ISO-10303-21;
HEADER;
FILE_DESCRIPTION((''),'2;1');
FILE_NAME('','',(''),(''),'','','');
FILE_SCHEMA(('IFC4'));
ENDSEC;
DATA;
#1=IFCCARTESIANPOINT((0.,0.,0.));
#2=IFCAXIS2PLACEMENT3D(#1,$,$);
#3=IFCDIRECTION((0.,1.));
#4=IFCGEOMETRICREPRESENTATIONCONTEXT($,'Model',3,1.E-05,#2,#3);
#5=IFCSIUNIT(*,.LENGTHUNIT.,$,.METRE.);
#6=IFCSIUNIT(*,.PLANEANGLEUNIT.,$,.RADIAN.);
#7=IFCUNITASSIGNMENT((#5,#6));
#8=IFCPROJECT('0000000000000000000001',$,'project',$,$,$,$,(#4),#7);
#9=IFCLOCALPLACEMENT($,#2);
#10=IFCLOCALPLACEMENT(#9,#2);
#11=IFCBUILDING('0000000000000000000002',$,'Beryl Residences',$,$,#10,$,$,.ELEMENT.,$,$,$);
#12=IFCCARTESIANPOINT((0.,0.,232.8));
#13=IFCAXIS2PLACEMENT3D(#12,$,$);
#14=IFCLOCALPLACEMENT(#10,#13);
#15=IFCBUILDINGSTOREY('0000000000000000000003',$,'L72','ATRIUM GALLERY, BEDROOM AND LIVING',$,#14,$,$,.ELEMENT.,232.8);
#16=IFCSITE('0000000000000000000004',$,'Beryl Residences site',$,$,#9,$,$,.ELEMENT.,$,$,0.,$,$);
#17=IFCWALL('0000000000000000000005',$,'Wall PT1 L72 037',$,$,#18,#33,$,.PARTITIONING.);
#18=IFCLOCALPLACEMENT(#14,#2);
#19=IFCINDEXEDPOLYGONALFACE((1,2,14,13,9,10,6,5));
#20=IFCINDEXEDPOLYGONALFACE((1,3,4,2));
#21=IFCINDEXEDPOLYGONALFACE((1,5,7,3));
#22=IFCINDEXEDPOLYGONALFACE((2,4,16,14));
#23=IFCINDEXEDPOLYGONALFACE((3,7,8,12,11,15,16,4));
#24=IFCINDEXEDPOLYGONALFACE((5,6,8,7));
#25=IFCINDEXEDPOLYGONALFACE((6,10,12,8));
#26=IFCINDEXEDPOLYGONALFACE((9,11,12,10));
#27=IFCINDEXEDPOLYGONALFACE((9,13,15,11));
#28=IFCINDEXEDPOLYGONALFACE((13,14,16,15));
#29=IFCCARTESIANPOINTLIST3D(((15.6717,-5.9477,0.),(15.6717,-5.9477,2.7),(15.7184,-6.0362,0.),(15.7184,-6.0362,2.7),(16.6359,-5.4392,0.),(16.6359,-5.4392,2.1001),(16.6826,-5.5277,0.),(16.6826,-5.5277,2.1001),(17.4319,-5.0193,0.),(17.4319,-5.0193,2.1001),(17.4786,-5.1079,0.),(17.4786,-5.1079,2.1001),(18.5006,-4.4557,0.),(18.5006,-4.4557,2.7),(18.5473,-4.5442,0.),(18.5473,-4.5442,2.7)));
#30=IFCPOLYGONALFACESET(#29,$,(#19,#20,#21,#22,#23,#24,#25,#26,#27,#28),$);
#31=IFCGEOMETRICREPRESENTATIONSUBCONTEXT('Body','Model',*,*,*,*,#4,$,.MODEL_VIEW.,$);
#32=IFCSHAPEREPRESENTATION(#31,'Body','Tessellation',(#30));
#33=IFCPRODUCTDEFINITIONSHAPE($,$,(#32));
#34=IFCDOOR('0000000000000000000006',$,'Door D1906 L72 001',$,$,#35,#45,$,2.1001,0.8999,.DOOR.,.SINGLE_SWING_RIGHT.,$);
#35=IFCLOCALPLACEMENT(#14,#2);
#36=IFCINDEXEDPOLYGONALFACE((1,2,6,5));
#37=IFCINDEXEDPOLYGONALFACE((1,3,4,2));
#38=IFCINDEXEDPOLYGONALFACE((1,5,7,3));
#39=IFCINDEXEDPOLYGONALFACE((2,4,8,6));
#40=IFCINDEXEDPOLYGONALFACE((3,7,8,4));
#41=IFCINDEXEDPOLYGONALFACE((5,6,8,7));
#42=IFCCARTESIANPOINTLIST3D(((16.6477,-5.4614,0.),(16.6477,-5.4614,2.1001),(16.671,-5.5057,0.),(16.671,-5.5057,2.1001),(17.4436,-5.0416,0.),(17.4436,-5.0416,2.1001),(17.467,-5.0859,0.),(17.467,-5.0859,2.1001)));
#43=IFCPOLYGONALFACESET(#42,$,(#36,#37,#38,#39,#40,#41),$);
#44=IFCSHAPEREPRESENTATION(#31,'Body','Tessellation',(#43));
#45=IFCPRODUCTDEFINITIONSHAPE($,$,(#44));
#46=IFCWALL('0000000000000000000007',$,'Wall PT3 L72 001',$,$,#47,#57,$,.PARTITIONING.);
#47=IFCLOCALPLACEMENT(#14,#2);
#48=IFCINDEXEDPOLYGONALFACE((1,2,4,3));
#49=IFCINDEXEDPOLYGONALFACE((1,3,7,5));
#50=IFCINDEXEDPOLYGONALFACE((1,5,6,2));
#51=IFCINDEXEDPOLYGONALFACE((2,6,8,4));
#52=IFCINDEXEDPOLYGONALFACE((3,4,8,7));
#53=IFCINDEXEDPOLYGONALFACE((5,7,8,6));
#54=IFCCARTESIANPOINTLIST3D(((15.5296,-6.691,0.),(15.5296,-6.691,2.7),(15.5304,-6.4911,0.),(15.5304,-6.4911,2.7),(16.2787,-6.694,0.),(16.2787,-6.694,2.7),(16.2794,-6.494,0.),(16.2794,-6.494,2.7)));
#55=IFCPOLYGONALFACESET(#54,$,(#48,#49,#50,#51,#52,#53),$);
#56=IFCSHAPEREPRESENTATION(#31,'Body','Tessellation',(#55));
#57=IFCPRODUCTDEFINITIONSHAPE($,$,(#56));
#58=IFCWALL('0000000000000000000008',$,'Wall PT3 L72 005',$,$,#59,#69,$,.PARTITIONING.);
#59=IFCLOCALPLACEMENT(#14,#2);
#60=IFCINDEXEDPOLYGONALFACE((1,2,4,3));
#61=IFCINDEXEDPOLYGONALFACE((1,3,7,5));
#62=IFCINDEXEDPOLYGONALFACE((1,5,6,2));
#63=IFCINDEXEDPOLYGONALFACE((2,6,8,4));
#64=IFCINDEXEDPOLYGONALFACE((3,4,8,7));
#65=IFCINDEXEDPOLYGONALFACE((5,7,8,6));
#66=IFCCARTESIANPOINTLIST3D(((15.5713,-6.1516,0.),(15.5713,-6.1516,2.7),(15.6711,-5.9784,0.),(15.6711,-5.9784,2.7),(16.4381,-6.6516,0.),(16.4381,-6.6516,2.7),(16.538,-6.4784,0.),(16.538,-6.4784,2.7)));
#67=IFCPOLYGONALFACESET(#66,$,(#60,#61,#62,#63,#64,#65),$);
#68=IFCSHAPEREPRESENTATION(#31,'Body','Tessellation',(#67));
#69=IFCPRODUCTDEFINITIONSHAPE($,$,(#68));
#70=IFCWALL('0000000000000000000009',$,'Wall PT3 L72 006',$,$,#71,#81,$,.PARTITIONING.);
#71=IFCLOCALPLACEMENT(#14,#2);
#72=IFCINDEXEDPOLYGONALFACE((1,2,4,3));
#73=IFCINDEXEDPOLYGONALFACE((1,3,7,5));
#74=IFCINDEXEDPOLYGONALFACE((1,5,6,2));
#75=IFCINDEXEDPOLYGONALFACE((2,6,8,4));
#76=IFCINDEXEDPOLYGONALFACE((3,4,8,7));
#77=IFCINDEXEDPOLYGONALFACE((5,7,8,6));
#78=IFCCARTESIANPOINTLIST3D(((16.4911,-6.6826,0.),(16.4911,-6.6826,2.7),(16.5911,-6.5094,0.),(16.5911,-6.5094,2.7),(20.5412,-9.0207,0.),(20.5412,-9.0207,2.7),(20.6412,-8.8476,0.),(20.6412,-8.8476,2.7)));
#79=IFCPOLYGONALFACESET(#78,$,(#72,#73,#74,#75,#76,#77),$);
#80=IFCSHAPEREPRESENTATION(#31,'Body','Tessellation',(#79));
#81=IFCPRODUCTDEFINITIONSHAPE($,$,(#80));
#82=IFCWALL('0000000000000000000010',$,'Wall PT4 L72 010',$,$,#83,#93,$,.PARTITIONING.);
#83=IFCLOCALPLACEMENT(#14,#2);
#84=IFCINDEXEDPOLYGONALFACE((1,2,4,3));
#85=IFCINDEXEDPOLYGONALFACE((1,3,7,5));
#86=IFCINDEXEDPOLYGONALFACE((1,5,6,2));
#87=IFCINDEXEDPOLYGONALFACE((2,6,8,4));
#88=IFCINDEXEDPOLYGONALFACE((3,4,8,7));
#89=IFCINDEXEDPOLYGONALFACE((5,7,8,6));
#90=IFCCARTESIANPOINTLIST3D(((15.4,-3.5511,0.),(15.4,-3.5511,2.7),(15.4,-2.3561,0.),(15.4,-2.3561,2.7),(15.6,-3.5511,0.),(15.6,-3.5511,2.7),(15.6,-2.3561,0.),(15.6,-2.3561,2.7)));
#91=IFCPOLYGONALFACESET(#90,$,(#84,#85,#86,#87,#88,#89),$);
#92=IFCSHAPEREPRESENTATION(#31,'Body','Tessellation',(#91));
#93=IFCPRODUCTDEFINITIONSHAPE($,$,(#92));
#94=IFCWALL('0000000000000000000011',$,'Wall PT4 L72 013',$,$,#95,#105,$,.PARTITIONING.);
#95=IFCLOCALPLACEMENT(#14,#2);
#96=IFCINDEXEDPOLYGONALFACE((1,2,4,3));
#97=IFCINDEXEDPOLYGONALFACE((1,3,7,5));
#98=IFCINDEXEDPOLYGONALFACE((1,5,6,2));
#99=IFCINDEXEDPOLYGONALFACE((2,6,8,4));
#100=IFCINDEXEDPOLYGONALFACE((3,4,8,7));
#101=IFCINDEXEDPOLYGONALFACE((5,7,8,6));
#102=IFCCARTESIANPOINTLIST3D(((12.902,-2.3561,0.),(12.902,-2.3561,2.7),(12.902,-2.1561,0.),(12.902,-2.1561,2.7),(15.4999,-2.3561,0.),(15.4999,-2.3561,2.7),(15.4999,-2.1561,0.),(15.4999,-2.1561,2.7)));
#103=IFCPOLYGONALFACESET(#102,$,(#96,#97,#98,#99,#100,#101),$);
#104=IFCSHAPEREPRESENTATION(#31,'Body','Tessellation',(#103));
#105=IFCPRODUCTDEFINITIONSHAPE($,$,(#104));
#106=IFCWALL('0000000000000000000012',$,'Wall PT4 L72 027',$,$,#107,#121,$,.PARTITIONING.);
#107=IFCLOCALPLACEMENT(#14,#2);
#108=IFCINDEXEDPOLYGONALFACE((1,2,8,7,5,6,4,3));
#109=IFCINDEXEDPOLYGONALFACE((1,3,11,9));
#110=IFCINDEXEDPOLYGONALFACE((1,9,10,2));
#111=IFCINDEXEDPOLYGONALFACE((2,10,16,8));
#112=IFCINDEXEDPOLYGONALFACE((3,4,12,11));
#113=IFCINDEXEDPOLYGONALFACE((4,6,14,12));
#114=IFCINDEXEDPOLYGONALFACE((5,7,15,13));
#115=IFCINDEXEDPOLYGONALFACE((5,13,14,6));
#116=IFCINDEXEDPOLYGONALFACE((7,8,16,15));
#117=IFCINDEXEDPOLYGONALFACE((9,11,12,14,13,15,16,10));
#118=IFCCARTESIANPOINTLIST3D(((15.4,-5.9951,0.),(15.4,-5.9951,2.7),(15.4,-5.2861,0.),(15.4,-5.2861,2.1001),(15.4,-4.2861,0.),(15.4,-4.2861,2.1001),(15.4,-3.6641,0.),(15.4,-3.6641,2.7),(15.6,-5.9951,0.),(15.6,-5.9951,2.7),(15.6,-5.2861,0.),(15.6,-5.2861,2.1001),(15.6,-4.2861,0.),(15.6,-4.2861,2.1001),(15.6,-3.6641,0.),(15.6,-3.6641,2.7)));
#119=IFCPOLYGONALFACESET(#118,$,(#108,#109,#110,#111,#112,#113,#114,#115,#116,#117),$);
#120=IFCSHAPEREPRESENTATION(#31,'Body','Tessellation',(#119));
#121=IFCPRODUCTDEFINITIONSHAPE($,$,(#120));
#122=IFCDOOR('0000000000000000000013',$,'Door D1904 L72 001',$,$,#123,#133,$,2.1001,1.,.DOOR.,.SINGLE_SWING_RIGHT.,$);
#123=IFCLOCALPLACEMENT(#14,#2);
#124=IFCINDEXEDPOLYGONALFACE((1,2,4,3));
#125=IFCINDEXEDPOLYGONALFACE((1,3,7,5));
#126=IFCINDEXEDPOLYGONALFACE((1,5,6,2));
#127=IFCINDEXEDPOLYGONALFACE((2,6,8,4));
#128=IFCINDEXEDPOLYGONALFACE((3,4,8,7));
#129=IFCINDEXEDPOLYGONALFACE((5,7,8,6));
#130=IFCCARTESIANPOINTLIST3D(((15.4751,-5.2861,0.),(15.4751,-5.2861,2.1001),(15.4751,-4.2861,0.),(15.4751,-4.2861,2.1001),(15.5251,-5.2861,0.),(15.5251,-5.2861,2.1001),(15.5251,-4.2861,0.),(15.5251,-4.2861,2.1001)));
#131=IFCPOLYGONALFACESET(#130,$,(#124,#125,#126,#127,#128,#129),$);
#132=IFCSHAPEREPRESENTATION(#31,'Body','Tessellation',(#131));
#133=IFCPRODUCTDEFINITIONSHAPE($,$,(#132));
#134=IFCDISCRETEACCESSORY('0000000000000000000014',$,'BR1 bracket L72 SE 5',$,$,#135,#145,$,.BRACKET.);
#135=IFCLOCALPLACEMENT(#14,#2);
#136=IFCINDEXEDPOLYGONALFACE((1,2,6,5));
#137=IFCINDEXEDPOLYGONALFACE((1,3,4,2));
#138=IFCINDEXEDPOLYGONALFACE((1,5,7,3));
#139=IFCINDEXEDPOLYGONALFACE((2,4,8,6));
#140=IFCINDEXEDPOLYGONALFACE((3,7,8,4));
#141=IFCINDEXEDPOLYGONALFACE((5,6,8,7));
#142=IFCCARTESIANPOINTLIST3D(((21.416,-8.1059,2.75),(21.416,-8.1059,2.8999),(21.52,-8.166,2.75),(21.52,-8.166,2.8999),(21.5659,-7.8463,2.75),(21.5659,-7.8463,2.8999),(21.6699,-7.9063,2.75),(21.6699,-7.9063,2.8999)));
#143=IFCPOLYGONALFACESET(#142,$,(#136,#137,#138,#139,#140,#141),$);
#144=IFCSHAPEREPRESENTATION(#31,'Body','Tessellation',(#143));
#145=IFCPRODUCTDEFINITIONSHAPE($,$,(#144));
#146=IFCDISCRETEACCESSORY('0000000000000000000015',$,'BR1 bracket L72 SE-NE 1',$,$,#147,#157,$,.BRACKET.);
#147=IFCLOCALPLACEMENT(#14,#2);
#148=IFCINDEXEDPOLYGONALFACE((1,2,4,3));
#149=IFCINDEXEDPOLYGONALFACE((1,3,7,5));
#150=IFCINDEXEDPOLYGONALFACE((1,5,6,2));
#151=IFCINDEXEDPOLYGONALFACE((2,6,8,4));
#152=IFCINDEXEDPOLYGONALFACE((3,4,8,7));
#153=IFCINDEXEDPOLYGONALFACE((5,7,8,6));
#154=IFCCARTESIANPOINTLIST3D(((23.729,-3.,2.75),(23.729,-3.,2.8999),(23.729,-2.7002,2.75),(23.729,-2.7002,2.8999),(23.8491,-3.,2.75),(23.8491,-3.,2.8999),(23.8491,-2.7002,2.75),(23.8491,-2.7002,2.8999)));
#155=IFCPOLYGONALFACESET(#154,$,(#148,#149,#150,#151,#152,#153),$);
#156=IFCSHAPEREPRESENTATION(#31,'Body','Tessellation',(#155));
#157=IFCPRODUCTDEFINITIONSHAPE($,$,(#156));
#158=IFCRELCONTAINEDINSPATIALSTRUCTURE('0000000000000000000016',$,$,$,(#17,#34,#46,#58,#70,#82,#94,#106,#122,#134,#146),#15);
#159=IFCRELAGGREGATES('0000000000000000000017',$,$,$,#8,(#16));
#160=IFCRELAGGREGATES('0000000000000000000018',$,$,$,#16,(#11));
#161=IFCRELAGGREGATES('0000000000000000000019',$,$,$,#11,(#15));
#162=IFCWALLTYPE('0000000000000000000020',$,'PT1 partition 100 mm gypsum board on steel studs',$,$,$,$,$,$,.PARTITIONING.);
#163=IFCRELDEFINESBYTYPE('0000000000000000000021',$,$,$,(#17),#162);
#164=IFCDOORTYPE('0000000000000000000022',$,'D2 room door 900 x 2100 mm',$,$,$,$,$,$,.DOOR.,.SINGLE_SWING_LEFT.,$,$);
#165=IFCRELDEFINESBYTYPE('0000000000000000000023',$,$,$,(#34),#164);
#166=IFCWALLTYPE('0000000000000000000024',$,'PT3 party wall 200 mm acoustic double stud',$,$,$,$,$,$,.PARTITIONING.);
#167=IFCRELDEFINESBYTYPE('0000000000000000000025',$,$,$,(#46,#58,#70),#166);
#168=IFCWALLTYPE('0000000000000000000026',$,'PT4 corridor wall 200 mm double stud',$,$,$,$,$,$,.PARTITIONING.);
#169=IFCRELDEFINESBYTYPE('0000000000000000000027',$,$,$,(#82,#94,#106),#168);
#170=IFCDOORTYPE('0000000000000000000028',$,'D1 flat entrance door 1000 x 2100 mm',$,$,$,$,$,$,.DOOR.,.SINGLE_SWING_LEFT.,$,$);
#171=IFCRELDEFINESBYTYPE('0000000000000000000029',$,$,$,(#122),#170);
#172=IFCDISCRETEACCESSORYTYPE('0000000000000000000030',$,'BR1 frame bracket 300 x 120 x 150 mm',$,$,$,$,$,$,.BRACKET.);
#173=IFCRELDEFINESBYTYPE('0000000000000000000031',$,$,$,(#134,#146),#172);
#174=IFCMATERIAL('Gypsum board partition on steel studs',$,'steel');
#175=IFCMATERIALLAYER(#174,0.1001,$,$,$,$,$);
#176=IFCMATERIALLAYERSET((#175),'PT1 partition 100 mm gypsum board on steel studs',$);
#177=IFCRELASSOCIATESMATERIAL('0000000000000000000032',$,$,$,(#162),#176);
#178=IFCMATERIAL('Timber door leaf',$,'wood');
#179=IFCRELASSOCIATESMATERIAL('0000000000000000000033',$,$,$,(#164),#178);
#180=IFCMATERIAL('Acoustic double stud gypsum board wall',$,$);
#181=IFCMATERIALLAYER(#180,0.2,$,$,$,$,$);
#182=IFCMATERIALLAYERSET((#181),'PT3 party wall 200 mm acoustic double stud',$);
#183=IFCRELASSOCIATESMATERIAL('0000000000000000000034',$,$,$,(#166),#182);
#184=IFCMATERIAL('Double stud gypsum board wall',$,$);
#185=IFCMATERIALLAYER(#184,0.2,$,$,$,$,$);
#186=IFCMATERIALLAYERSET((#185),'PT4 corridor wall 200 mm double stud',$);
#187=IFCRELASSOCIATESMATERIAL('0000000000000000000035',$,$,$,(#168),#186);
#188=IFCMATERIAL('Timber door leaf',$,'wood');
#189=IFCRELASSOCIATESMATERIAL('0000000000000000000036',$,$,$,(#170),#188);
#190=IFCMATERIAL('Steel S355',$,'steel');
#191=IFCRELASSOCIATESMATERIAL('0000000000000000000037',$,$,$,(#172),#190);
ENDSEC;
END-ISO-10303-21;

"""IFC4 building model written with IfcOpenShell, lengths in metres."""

from ifc_helpers import new_model, si_unit, direction, frame, frame_2d, origin, place, context, subcontext, project, spatial, polyline, rectangle, outline, extrude, source, transform, mapped, material, layer, layer_set, type_object, type_shapes, element, fill, save


model = new_model("IFC4")

# Units and contexts
model_context = context("Model", 3, precision=1e-05, world=origin(), true_north=direction((0.0, 1.0)))
body_context = subcontext(model_context, "Body", "Model", "MODEL_VIEW")
ifc_project = project(units=[si_unit("LENGTHUNIT", "METRE"), si_unit("PLANEANGLEUNIT", "RADIAN")], contexts=[model_context])

# Site, building, storey
site_placement = place(None, origin())
site = spatial("IfcSite", under=ifc_project, at=site_placement, Name="Beryl Residences site", CompositionType="ELEMENT", RefElevation=0.0)
building_placement = place(site_placement, origin())
building = spatial("IfcBuilding", under=site, at=building_placement, Name="Beryl Residences", CompositionType="ELEMENT")
storey_placement = place(building_placement, frame((0.0, 0.0, 232.8)))
storey = spatial("IfcBuildingStorey", under=building, at=storey_placement, Name="L72", Description="ATRIUM GALLERY, BEDROOM AND LIVING", CompositionType="ELEMENT", Elevation=232.8)

# Shared definitions
ifc_material_1 = material(Name="Gypsum board partition on steel studs", Category="steel")
ifc_layer_1 = layer(ifc_material_1, 0.1001)
ifc_layer_set_1 = layer_set([ifc_layer_1], Name="PT1 partition 100 mm gypsum board on steel studs")
wall_type_1 = type_object("IfcWallType", Name="PT1 partition 100 mm gypsum board on steel studs", PredefinedType="PARTITIONING", material=ifc_layer_set_1)

# Wall, opening, door
wall_1_placement = place(storey_placement, frame((15.6951, -5.9919, 0.0), z_axis=(0.0, 0.0, 1.0), x_axis=(0.884522, 0.466498, 0.0)))
wall_1 = element("IfcWall", 1, at=wall_1_placement, inside=storey, type_object=wall_type_1, Name="Wall PT1 L72 037", PredefinedType="PARTITIONING", context=body_context, shape_type="SweptSolid", body=[
    extrude(rectangle(XDim=3.1982, YDim=0.1001, at=frame_2d((1.5991, 0.0))), origin(), (0.0, 0.0, 1.0), 2.7),
])
opening_1_placement = place(wall_1_placement, frame((1.0901, 0.0, 0.0)))
opening_1 = element("IfcOpeningElement", 2, at=opening_1_placement, cuts=wall_1, PredefinedType="OPENING", context=body_context, shape_type="SweptSolid", body=[
    extrude(rectangle(XDim=0.8999, YDim=2.1001, at=frame_2d((0.45, 1.05))), frame((0.0, 0.0601, 0.0), z_axis=(0.0, -1.0, 0.0), x_axis=(1.0, 0.0, 0.0)), (0.0, 0.0, 1.0), 0.1201),
])
ifc_material_2 = material(Name="Timber door leaf", Category="wood")
door_type_1 = type_object("IfcDoorType", Name="D2 room door 900 x 2100 mm", OperationType="SINGLE_SWING_LEFT", PredefinedType="DOOR", material=ifc_material_2)
door_1_placement = place(opening_1_placement, origin())
door_1 = element("IfcDoor", 3, at=door_1_placement, inside=storey, type_object=door_type_1, Name="Door D1906 L72 001", OperationType="SINGLE_SWING_RIGHT", OverallHeight=2.1001, OverallWidth=0.8999, PredefinedType="DOOR", context=body_context, shape_type="SweptSolid", body=[
    extrude(rectangle(XDim=0.8999, YDim=2.1001, at=frame_2d((0.45, 1.05))), frame((0.0, 0.0249, 0.0), z_axis=(0.0, -1.0, 0.0), x_axis=(1.0, 0.0, 0.0)), (0.0, 0.0, 1.0), 0.05),
])
fill(opening_1, door_1)

# Walls
ifc_material_3 = material(Name="Acoustic double stud gypsum board wall")
ifc_layer_2 = layer(ifc_material_3, 0.2)
ifc_layer_set_2 = layer_set([ifc_layer_2], Name="PT3 party wall 200 mm acoustic double stud")
wall_type_2 = type_object("IfcWallType", Name="PT3 party wall 200 mm acoustic double stud", PredefinedType="PARTITIONING", material=ifc_layer_set_2)
wall_2_placement = place(storey_placement, frame((15.53, -6.5911, 0.0), z_axis=(0.0, 0.0, 1.0), x_axis=(0.999992, -0.003911, 0.0)))
element("IfcWall", 4, at=wall_2_placement, inside=storey, type_object=wall_type_2, Name="Wall PT3 L72 001", PredefinedType="PARTITIONING", context=body_context, shape_type="SweptSolid", body=[
    extrude(rectangle(XDim=0.749, YDim=0.2, at=frame_2d((0.3745, 0.0))), origin(), (0.0, 0.0, 1.0), 2.7),
])
wall_3_placement = place(storey_placement, frame((15.6211, -6.0649, 0.0), z_axis=(0.0, 0.0, 1.0), x_axis=(0.866255, -0.499603, 0.0)))
element("IfcWall", 5, at=wall_3_placement, inside=storey, type_object=wall_type_2, Name="Wall PT3 L72 005", PredefinedType="PARTITIONING", context=body_context, shape_type="SweptSolid", body=[
    extrude(rectangle(XDim=1.0007, YDim=0.2, at=frame_2d((0.5005, 0.0))), origin(), (0.0, 0.0, 1.0), 2.7),
])
wall_4_placement = place(storey_placement, frame((16.541, -6.5959, 0.0), z_axis=(0.0, 0.0, 1.0), x_axis=(0.86604, -0.499974, 0.0)))
element("IfcWall", 6, at=wall_4_placement, inside=storey, type_object=wall_type_2, Name="Wall PT3 L72 006", PredefinedType="PARTITIONING", context=body_context, shape_type="SweptSolid", body=[
    extrude(rectangle(XDim=4.6765, YDim=0.2, at=frame_2d((2.3384, 0.0))), origin(), (0.0, 0.0, 1.0), 2.7),
])
ifc_material_4 = material(Name="Double stud gypsum board wall")
ifc_layer_3 = layer(ifc_material_4, 0.2)
ifc_layer_set_3 = layer_set([ifc_layer_3], Name="PT4 corridor wall 200 mm double stud")
wall_type_3 = type_object("IfcWallType", Name="PT4 corridor wall 200 mm double stud", PredefinedType="PARTITIONING", material=ifc_layer_set_3)
wall_5_placement = place(storey_placement, frame((15.5, -2.356, 0.0), z_axis=(0.0, 0.0, 1.0), x_axis=(0.0, -1.0, 0.0)))
element("IfcWall", 7, at=wall_5_placement, inside=storey, type_object=wall_type_3, Name="Wall PT4 L72 010", PredefinedType="PARTITIONING", context=body_context, shape_type="SweptSolid", body=[
    extrude(rectangle(XDim=1.1951, YDim=0.2, at=frame_2d((0.5977, 0.0))), origin(), (0.0, 0.0, 1.0), 2.7),
])
wall_6_placement = place(storey_placement, frame((12.9021, -2.2561, 0.0), z_axis=(0.0, 0.0, 1.0), x_axis=(1.0, 0.0, 0.0)))
element("IfcWall", 8, at=wall_6_placement, inside=storey, type_object=wall_type_3, Name="Wall PT4 L72 013", PredefinedType="PARTITIONING", context=body_context, shape_type="SweptSolid", body=[
    extrude(rectangle(XDim=2.5979, YDim=0.2, at=frame_2d((1.2988, 0.0))), origin(), (0.0, 0.0, 1.0), 2.7),
])

# Wall, opening, door
wall_7_placement = place(storey_placement, frame((15.5, -5.9951, 0.0), z_axis=(0.0, 0.0, 1.0), x_axis=(0.0, 1.0, 0.0)))
wall_7 = element("IfcWall", 9, at=wall_7_placement, inside=storey, type_object=wall_type_3, Name="Wall PT4 L72 027", PredefinedType="PARTITIONING", context=body_context, shape_type="SweptSolid", body=[
    extrude(rectangle(XDim=2.3311, YDim=0.2, at=frame_2d((1.1655, 0.0))), origin(), (0.0, 0.0, 1.0), 2.7),
])
opening_2_placement = place(wall_7_placement, frame((0.709, 0.0, 0.0)))
opening_2 = element("IfcOpeningElement", 10, at=opening_2_placement, cuts=wall_7, PredefinedType="OPENING", context=body_context, shape_type="SweptSolid", body=[
    extrude(rectangle(XDim=1.0, YDim=2.1001, at=frame_2d((0.5, 1.05))), frame((0.0, 0.1099, 0.0), z_axis=(0.0, -1.0, 0.0), x_axis=(1.0, 0.0, 0.0)), (0.0, 0.0, 1.0), 0.22),
])
ifc_material_5 = material(Name="Timber door leaf", Category="wood")
door_type_2 = type_object("IfcDoorType", Name="D1 flat entrance door 1000 x 2100 mm", OperationType="SINGLE_SWING_LEFT", PredefinedType="DOOR", material=ifc_material_5)
door_2_placement = place(opening_2_placement, origin())
door_2 = element("IfcDoor", 11, at=door_2_placement, inside=storey, type_object=door_type_2, Name="Door D1904 L72 001", OperationType="SINGLE_SWING_RIGHT", OverallHeight=2.1001, OverallWidth=1.0, PredefinedType="DOOR", context=body_context, shape_type="SweptSolid", body=[
    extrude(rectangle(XDim=1.0, YDim=2.1001, at=frame_2d((0.5, 1.05))), frame((0.0, 0.0249, 0.0), z_axis=(0.0, -1.0, 0.0), x_axis=(1.0, 0.0, 0.0)), (0.0, 0.0, 1.0), 0.05),
])
fill(opening_2, door_2)

# Discrete accessories
ifc_material_6 = material(Name="Steel S355", Category="steel")
discrete_accessory_type = type_object("IfcDiscreteAccessoryType", Name="BR1 frame bracket 300 x 120 x 150 mm", PredefinedType="BRACKET", material=ifc_material_6)
shared_shape_1 = source(origin(), body_context, "Body", "SweptSolid", [
    extrude(outline(polyline([(-0.1499, 0.0), (0.1499, 0.0), (0.1499, 0.1201), (-0.1499, 0.1201), (-0.1499, 0.0)])), origin(), (0.0, 0.0, 1.0), 0.1499),
])
type_shapes(discrete_accessory_type, [shared_shape_1])
for number, where, z_axis, x_axis, name in (
    (12, (21.491, -7.9761, 2.75), (0.0, 0.0, 1.0), (-0.5, -0.866025, 0.0), "BR1 bracket L72 SE 5"),
    (13, (23.729, -2.8501, 2.75), (0.0, 0.0, 1.0), (0.0, -1.0, 0.0), "BR1 bracket L72 SE-NE 1"),
):
    element("IfcDiscreteAccessory", number, at=place(storey_placement, frame(where, z_axis=z_axis, x_axis=x_axis)), inside=storey, type_object=discrete_accessory_type, Name=name, PredefinedType="BRACKET", context=body_context, shape_type="MappedRepresentation", body=[
        mapped(shared_shape_1, transform((0.0, 0.0, 0.0))),
    ])

save(model, "model.ifc")
